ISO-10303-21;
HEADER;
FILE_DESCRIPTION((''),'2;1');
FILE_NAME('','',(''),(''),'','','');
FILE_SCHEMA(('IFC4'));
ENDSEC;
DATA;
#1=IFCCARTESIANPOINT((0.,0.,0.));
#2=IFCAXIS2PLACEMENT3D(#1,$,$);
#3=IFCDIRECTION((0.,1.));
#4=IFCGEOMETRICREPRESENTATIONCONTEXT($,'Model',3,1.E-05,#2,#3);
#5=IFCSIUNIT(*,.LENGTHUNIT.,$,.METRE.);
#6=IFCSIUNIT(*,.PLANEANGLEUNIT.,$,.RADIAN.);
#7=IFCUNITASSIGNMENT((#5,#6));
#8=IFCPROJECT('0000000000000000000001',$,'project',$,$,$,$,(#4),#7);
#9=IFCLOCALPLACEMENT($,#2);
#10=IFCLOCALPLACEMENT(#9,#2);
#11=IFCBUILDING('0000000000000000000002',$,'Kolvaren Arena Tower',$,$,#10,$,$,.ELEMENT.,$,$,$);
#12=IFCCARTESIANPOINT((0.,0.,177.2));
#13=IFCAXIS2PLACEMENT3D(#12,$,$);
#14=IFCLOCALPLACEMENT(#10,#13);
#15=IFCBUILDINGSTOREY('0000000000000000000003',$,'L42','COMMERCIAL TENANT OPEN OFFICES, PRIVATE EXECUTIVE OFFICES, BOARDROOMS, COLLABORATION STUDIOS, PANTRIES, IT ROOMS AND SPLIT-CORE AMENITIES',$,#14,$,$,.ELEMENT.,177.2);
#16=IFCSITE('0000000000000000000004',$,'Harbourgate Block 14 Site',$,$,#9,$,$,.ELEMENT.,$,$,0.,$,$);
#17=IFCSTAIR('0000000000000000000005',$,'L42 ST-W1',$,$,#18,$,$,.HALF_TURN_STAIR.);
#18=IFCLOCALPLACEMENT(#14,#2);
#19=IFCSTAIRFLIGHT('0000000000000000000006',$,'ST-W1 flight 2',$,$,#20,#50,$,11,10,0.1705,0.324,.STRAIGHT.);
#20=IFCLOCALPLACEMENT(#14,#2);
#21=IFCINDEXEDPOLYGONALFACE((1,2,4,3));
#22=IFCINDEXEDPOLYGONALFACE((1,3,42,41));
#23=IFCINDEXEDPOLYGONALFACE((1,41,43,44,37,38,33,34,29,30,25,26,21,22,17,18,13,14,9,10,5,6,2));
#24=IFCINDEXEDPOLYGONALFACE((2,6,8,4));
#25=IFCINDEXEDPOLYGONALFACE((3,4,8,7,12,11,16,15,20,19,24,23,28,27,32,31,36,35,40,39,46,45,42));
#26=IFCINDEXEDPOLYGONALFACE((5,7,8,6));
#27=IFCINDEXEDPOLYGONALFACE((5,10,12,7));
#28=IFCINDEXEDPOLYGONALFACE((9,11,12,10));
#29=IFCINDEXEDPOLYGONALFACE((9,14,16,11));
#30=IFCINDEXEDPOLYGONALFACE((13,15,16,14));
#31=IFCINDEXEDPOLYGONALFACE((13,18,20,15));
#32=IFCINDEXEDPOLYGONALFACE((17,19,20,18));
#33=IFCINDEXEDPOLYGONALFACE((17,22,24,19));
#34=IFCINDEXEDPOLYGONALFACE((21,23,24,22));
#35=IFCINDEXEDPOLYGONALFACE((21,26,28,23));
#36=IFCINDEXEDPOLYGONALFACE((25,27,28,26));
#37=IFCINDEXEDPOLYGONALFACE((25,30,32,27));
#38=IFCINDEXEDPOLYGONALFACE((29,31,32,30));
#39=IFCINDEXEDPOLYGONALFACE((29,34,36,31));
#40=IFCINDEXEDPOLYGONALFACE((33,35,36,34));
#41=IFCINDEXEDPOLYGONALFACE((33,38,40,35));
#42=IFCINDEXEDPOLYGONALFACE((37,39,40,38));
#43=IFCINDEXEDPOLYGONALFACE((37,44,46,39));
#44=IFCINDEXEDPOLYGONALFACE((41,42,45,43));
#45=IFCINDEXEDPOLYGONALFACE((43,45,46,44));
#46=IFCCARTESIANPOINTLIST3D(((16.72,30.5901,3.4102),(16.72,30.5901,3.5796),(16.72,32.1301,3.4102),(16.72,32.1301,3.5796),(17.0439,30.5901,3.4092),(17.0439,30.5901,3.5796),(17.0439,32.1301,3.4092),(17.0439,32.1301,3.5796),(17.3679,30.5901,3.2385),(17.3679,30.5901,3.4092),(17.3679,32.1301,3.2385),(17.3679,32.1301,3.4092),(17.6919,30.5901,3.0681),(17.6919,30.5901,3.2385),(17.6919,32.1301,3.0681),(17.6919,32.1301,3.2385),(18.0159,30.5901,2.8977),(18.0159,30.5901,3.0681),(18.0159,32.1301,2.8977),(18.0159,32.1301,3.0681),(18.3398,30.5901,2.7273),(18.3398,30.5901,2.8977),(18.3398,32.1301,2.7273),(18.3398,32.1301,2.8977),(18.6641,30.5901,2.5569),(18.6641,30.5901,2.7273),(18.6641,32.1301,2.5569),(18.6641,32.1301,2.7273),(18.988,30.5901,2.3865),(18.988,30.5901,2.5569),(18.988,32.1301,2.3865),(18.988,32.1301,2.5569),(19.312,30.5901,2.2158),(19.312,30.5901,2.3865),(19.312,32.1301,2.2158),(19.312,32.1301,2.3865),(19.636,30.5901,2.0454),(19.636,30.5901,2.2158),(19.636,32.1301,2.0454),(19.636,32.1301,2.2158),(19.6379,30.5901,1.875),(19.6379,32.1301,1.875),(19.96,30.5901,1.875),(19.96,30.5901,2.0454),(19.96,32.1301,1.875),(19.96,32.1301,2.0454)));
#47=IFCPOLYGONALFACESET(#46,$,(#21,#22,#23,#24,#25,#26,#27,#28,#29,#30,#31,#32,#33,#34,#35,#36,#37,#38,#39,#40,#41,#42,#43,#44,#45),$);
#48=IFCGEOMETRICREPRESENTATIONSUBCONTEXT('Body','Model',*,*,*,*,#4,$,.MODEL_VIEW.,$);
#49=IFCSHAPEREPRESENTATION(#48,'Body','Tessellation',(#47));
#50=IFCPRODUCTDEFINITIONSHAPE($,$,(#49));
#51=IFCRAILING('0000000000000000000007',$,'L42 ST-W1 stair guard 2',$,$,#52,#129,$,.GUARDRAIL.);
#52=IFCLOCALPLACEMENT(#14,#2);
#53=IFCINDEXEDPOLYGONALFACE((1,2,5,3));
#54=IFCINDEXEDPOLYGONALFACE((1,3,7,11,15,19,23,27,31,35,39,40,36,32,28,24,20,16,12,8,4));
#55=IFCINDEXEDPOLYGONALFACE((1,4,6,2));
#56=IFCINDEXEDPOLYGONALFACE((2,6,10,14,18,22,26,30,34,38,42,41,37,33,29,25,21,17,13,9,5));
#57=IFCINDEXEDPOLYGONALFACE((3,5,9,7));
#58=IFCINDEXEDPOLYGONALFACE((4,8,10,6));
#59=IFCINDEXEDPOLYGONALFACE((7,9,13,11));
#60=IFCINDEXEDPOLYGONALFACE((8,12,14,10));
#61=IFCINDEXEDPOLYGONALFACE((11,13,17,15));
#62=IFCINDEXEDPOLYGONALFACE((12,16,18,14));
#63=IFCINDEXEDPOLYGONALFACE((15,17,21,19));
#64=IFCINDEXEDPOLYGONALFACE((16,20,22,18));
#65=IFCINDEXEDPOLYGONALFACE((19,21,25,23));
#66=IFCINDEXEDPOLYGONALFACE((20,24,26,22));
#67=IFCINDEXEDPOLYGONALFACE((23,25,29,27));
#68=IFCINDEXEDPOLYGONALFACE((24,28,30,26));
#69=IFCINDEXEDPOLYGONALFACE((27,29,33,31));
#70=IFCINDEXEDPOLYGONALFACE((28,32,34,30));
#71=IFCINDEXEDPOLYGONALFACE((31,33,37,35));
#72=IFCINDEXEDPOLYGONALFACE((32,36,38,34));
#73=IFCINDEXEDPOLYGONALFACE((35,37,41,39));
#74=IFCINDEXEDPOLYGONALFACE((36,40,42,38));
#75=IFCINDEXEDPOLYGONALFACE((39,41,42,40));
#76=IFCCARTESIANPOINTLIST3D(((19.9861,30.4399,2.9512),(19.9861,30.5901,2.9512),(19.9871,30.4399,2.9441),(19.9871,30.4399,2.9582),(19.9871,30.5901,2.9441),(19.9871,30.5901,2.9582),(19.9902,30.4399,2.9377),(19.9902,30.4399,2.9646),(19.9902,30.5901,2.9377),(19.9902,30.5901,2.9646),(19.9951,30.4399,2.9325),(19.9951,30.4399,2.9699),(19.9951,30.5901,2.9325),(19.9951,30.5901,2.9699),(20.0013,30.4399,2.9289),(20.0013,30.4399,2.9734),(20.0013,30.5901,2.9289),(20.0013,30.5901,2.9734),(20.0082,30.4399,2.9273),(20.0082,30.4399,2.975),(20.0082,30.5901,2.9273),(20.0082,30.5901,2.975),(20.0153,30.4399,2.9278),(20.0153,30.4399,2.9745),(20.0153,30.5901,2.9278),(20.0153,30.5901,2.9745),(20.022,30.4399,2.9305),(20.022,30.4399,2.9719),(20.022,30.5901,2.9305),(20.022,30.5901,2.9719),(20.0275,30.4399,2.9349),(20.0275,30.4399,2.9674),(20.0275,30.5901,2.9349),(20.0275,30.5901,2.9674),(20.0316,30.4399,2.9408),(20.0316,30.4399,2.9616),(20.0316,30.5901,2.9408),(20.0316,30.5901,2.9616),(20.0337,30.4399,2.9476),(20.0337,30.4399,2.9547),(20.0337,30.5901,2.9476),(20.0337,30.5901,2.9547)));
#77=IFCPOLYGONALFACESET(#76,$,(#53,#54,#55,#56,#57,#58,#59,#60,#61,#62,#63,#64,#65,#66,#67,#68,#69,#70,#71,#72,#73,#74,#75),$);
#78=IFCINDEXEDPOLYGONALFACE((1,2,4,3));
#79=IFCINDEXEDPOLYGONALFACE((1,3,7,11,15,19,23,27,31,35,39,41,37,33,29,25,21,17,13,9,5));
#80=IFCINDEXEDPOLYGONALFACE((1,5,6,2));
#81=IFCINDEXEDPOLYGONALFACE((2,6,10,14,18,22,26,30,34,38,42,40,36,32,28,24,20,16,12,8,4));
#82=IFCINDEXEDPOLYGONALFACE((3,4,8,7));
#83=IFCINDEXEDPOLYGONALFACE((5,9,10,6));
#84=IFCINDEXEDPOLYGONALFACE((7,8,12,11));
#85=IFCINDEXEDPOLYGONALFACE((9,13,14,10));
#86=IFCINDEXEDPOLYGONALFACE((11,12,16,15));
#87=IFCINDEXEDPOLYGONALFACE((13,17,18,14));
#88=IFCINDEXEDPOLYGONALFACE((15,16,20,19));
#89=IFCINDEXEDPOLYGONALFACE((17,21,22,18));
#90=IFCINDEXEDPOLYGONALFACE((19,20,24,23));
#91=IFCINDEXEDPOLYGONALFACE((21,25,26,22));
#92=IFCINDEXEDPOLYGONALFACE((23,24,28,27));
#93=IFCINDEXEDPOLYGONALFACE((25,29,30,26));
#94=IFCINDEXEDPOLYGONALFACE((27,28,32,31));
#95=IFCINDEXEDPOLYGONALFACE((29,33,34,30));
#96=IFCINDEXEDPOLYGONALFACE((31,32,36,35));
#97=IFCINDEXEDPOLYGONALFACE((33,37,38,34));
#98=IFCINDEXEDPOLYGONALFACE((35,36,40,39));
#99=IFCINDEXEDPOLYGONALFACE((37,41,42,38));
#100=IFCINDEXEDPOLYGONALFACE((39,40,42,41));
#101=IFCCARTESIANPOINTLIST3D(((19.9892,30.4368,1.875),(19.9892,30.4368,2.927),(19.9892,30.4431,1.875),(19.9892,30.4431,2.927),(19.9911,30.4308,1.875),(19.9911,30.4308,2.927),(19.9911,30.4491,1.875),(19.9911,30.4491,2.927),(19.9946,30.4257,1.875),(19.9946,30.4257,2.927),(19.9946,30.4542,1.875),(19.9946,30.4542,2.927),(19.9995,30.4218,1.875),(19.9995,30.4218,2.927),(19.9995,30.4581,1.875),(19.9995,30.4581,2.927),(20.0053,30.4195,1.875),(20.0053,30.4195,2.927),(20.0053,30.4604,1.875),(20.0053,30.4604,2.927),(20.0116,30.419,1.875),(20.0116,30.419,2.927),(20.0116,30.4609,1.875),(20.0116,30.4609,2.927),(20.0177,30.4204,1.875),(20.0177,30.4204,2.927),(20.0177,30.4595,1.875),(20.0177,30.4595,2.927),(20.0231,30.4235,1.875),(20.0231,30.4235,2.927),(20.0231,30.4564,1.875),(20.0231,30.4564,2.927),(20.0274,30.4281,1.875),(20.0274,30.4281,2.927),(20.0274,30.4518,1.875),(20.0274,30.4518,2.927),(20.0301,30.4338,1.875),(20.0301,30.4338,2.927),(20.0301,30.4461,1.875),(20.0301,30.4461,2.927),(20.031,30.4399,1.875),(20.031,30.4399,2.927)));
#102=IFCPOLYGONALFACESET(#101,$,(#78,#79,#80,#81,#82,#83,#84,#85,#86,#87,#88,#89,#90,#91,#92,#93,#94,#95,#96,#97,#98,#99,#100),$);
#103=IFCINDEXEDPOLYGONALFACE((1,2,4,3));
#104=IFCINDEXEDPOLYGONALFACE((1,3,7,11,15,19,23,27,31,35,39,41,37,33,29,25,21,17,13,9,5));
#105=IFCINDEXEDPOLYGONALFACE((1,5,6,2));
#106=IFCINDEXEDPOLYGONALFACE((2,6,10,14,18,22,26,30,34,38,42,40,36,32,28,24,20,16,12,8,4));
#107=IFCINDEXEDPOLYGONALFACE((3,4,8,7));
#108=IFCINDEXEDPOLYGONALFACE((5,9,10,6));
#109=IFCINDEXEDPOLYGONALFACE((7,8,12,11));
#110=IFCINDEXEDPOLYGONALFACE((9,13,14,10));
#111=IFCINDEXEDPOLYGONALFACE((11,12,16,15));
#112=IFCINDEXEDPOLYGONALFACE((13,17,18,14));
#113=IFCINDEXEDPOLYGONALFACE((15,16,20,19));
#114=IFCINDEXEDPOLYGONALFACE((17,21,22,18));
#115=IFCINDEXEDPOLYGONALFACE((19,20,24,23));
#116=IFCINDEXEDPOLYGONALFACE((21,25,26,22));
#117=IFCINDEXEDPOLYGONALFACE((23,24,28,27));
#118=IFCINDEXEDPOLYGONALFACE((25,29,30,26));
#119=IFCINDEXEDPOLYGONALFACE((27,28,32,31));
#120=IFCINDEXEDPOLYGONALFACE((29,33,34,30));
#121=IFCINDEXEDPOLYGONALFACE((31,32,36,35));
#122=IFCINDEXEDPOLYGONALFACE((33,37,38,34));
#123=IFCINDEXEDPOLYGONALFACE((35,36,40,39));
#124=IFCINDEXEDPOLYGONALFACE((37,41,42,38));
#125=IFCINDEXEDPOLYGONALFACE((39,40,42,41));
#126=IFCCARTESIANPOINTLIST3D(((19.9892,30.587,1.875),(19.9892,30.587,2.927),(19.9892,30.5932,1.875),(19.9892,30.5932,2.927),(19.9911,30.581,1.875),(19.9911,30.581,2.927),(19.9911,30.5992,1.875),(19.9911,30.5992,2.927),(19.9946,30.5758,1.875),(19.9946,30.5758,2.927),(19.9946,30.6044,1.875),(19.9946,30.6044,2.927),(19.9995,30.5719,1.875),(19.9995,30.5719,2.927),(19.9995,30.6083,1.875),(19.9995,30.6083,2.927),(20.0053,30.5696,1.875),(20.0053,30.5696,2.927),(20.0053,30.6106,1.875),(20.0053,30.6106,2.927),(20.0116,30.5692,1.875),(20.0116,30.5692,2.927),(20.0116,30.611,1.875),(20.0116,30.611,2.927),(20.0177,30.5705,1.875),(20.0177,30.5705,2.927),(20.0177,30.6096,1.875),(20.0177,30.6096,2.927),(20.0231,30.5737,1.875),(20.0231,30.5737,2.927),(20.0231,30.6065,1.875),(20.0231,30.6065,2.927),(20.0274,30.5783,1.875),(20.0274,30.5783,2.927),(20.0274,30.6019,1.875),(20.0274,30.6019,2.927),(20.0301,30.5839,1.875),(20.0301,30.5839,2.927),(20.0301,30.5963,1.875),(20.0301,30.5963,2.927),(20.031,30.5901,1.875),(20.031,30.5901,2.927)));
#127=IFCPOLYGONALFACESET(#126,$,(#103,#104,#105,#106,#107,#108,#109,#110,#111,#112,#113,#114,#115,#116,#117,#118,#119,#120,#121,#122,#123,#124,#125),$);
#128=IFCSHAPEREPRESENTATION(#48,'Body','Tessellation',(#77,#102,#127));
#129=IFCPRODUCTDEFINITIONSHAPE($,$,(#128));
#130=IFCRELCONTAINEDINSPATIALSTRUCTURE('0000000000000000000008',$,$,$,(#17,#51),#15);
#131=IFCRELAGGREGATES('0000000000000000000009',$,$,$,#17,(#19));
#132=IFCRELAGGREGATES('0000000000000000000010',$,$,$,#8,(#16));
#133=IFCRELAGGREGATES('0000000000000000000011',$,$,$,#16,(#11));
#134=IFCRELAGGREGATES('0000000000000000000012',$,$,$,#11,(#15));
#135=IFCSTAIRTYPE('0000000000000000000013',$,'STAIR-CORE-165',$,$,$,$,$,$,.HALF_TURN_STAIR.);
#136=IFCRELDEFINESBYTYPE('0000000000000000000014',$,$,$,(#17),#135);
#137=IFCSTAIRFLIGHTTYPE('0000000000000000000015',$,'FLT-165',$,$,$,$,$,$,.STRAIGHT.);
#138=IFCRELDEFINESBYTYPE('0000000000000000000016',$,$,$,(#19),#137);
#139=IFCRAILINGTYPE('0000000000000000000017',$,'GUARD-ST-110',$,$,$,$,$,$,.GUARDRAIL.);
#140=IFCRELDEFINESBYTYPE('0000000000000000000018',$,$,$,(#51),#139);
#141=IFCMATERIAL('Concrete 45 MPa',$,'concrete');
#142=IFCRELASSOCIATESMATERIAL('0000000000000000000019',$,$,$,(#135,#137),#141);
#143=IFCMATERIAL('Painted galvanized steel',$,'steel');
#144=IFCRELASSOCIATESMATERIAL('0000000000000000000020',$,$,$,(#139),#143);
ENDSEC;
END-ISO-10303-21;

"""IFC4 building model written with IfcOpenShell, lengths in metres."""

from ifc_helpers import new_model, si_unit, direction, frame, origin, origin_2d, place, context, subcontext, project, spatial, polyline, circle, outline, extrude, material, type_object, element, aggregate, save


model = new_model("IFC4")

# Units and contexts
model_context = context("Model", 3, precision=1e-05, world=origin(), true_north=direction((0.0, 1.0)))
body_context = subcontext(model_context, "Body", "Model", "MODEL_VIEW")
ifc_project = project(units=[si_unit("LENGTHUNIT", "METRE"), si_unit("PLANEANGLEUNIT", "RADIAN")], contexts=[model_context])

# Site, building, storey
site_placement = place(None, origin())
site = spatial("IfcSite", under=ifc_project, at=site_placement, Name="Harbourgate Block 14 Site", CompositionType="ELEMENT", RefElevation=0.0)
building_placement = place(site_placement, origin())
building = spatial("IfcBuilding", under=site, at=building_placement, Name="Kolvaren Arena Tower", CompositionType="ELEMENT")
storey_placement = place(building_placement, frame((0.0, 0.0, 177.2)))
storey = spatial("IfcBuildingStorey", under=building, at=storey_placement, Name="L42", Description="COMMERCIAL TENANT OPEN OFFICES, PRIVATE EXECUTIVE OFFICES, BOARDROOMS, COLLABORATION STUDIOS, PANTRIES, IT ROOMS AND SPLIT-CORE AMENITIES", CompositionType="ELEMENT", Elevation=177.2)

# Shared definitions
ifc_material_1 = material(Name="Concrete 45 MPa", Category="concrete")

# Stair, stair flight
stair_type = type_object("IfcStairType", Name="STAIR-CORE-165", PredefinedType="HALF_TURN_STAIR", material=ifc_material_1)
stair_placement = place(storey_placement, origin())
stair = element("IfcStair", 1, at=stair_placement, inside=storey, type_object=stair_type, Name="L42 ST-W1", PredefinedType="HALF_TURN_STAIR")
stair_flight_type = type_object("IfcStairFlightType", Name="FLT-165", PredefinedType="STRAIGHT", material=ifc_material_1)
stair_flight_placement = place(storey_placement, frame((19.96, 31.3601, 1.875), z_axis=(0.0, 0.0, 1.0), x_axis=(-1.0, 0.0, 0.0)))
stair_flight = element("IfcStairFlight", 2, at=stair_flight_placement, type_object=stair_flight_type, Name="ST-W1 flight 2", NumberOfRisers=11, NumberOfTreads=10, PredefinedType="STRAIGHT", RiserHeight=0.1705, TreadLength=0.324, context=body_context, shape_type="SweptSolid", body=[
    extrude(outline(polyline([(0.0, 0.0), (0.0, 0.1704), (0.324, 0.1704), (0.324, 0.3408), (0.6479, 0.3408), (0.6479, 0.5115), (0.9719, 0.5115), (0.9719, 0.6819), (1.2959, 0.6819), (1.2959, 0.8523), (1.6201, 0.8523), (1.6201, 1.0227), (1.9441, 1.0227), (1.9441, 1.1931), (2.2681, 1.1931), (2.2681, 1.3635), (2.592, 1.3635), (2.592, 1.5342), (2.916, 1.5342), (2.916, 1.7046), (3.24, 1.7046), (3.24, 1.875), (3.24, 1.5352), (0.322, 0.0), (0.0, 0.0)])), frame((0.0, 0.77, 0.0), z_axis=(0.0, -1.0, 0.0), x_axis=(1.0, 0.0, 0.0)), (0.0, 0.0, 1.0), 1.54),
])
aggregate(stair, [stair_flight])

# Railing
ifc_material_2 = material(Name="Painted galvanized steel", Category="steel")
railing_type_1 = type_object("IfcRailingType", Name="GUARD-ST-110", PredefinedType="GUARDRAIL", material=ifc_material_2)
railing_1_placement = place(storey_placement, frame((20.01, 30.4399, 1.875)))
element("IfcRailing", 3, at=railing_1_placement, inside=storey, type_object=railing_type_1, Name="L42 ST-W1 stair guard 2", PredefinedType="GUARDRAIL", context=body_context, shape_type="SweptSolid", body=[
    extrude(circle(Radius=0.0239, at=origin_2d()), frame((0.0, 0.0, 1.0762), z_axis=(0.0, 1.0, 0.0), x_axis=(-1.0, 0.0, 0.0)), (0.0, 0.0, 1.0), 0.1501),
    extrude(circle(Radius=0.021, at=origin_2d()), origin(), (0.0, 0.0, 1.0), 1.052),
    extrude(circle(Radius=0.021, at=origin_2d()), frame((0.0, 0.1501, 0.0)), (0.0, 0.0, 1.0), 1.052),
])

save(model, "model.ifc")
